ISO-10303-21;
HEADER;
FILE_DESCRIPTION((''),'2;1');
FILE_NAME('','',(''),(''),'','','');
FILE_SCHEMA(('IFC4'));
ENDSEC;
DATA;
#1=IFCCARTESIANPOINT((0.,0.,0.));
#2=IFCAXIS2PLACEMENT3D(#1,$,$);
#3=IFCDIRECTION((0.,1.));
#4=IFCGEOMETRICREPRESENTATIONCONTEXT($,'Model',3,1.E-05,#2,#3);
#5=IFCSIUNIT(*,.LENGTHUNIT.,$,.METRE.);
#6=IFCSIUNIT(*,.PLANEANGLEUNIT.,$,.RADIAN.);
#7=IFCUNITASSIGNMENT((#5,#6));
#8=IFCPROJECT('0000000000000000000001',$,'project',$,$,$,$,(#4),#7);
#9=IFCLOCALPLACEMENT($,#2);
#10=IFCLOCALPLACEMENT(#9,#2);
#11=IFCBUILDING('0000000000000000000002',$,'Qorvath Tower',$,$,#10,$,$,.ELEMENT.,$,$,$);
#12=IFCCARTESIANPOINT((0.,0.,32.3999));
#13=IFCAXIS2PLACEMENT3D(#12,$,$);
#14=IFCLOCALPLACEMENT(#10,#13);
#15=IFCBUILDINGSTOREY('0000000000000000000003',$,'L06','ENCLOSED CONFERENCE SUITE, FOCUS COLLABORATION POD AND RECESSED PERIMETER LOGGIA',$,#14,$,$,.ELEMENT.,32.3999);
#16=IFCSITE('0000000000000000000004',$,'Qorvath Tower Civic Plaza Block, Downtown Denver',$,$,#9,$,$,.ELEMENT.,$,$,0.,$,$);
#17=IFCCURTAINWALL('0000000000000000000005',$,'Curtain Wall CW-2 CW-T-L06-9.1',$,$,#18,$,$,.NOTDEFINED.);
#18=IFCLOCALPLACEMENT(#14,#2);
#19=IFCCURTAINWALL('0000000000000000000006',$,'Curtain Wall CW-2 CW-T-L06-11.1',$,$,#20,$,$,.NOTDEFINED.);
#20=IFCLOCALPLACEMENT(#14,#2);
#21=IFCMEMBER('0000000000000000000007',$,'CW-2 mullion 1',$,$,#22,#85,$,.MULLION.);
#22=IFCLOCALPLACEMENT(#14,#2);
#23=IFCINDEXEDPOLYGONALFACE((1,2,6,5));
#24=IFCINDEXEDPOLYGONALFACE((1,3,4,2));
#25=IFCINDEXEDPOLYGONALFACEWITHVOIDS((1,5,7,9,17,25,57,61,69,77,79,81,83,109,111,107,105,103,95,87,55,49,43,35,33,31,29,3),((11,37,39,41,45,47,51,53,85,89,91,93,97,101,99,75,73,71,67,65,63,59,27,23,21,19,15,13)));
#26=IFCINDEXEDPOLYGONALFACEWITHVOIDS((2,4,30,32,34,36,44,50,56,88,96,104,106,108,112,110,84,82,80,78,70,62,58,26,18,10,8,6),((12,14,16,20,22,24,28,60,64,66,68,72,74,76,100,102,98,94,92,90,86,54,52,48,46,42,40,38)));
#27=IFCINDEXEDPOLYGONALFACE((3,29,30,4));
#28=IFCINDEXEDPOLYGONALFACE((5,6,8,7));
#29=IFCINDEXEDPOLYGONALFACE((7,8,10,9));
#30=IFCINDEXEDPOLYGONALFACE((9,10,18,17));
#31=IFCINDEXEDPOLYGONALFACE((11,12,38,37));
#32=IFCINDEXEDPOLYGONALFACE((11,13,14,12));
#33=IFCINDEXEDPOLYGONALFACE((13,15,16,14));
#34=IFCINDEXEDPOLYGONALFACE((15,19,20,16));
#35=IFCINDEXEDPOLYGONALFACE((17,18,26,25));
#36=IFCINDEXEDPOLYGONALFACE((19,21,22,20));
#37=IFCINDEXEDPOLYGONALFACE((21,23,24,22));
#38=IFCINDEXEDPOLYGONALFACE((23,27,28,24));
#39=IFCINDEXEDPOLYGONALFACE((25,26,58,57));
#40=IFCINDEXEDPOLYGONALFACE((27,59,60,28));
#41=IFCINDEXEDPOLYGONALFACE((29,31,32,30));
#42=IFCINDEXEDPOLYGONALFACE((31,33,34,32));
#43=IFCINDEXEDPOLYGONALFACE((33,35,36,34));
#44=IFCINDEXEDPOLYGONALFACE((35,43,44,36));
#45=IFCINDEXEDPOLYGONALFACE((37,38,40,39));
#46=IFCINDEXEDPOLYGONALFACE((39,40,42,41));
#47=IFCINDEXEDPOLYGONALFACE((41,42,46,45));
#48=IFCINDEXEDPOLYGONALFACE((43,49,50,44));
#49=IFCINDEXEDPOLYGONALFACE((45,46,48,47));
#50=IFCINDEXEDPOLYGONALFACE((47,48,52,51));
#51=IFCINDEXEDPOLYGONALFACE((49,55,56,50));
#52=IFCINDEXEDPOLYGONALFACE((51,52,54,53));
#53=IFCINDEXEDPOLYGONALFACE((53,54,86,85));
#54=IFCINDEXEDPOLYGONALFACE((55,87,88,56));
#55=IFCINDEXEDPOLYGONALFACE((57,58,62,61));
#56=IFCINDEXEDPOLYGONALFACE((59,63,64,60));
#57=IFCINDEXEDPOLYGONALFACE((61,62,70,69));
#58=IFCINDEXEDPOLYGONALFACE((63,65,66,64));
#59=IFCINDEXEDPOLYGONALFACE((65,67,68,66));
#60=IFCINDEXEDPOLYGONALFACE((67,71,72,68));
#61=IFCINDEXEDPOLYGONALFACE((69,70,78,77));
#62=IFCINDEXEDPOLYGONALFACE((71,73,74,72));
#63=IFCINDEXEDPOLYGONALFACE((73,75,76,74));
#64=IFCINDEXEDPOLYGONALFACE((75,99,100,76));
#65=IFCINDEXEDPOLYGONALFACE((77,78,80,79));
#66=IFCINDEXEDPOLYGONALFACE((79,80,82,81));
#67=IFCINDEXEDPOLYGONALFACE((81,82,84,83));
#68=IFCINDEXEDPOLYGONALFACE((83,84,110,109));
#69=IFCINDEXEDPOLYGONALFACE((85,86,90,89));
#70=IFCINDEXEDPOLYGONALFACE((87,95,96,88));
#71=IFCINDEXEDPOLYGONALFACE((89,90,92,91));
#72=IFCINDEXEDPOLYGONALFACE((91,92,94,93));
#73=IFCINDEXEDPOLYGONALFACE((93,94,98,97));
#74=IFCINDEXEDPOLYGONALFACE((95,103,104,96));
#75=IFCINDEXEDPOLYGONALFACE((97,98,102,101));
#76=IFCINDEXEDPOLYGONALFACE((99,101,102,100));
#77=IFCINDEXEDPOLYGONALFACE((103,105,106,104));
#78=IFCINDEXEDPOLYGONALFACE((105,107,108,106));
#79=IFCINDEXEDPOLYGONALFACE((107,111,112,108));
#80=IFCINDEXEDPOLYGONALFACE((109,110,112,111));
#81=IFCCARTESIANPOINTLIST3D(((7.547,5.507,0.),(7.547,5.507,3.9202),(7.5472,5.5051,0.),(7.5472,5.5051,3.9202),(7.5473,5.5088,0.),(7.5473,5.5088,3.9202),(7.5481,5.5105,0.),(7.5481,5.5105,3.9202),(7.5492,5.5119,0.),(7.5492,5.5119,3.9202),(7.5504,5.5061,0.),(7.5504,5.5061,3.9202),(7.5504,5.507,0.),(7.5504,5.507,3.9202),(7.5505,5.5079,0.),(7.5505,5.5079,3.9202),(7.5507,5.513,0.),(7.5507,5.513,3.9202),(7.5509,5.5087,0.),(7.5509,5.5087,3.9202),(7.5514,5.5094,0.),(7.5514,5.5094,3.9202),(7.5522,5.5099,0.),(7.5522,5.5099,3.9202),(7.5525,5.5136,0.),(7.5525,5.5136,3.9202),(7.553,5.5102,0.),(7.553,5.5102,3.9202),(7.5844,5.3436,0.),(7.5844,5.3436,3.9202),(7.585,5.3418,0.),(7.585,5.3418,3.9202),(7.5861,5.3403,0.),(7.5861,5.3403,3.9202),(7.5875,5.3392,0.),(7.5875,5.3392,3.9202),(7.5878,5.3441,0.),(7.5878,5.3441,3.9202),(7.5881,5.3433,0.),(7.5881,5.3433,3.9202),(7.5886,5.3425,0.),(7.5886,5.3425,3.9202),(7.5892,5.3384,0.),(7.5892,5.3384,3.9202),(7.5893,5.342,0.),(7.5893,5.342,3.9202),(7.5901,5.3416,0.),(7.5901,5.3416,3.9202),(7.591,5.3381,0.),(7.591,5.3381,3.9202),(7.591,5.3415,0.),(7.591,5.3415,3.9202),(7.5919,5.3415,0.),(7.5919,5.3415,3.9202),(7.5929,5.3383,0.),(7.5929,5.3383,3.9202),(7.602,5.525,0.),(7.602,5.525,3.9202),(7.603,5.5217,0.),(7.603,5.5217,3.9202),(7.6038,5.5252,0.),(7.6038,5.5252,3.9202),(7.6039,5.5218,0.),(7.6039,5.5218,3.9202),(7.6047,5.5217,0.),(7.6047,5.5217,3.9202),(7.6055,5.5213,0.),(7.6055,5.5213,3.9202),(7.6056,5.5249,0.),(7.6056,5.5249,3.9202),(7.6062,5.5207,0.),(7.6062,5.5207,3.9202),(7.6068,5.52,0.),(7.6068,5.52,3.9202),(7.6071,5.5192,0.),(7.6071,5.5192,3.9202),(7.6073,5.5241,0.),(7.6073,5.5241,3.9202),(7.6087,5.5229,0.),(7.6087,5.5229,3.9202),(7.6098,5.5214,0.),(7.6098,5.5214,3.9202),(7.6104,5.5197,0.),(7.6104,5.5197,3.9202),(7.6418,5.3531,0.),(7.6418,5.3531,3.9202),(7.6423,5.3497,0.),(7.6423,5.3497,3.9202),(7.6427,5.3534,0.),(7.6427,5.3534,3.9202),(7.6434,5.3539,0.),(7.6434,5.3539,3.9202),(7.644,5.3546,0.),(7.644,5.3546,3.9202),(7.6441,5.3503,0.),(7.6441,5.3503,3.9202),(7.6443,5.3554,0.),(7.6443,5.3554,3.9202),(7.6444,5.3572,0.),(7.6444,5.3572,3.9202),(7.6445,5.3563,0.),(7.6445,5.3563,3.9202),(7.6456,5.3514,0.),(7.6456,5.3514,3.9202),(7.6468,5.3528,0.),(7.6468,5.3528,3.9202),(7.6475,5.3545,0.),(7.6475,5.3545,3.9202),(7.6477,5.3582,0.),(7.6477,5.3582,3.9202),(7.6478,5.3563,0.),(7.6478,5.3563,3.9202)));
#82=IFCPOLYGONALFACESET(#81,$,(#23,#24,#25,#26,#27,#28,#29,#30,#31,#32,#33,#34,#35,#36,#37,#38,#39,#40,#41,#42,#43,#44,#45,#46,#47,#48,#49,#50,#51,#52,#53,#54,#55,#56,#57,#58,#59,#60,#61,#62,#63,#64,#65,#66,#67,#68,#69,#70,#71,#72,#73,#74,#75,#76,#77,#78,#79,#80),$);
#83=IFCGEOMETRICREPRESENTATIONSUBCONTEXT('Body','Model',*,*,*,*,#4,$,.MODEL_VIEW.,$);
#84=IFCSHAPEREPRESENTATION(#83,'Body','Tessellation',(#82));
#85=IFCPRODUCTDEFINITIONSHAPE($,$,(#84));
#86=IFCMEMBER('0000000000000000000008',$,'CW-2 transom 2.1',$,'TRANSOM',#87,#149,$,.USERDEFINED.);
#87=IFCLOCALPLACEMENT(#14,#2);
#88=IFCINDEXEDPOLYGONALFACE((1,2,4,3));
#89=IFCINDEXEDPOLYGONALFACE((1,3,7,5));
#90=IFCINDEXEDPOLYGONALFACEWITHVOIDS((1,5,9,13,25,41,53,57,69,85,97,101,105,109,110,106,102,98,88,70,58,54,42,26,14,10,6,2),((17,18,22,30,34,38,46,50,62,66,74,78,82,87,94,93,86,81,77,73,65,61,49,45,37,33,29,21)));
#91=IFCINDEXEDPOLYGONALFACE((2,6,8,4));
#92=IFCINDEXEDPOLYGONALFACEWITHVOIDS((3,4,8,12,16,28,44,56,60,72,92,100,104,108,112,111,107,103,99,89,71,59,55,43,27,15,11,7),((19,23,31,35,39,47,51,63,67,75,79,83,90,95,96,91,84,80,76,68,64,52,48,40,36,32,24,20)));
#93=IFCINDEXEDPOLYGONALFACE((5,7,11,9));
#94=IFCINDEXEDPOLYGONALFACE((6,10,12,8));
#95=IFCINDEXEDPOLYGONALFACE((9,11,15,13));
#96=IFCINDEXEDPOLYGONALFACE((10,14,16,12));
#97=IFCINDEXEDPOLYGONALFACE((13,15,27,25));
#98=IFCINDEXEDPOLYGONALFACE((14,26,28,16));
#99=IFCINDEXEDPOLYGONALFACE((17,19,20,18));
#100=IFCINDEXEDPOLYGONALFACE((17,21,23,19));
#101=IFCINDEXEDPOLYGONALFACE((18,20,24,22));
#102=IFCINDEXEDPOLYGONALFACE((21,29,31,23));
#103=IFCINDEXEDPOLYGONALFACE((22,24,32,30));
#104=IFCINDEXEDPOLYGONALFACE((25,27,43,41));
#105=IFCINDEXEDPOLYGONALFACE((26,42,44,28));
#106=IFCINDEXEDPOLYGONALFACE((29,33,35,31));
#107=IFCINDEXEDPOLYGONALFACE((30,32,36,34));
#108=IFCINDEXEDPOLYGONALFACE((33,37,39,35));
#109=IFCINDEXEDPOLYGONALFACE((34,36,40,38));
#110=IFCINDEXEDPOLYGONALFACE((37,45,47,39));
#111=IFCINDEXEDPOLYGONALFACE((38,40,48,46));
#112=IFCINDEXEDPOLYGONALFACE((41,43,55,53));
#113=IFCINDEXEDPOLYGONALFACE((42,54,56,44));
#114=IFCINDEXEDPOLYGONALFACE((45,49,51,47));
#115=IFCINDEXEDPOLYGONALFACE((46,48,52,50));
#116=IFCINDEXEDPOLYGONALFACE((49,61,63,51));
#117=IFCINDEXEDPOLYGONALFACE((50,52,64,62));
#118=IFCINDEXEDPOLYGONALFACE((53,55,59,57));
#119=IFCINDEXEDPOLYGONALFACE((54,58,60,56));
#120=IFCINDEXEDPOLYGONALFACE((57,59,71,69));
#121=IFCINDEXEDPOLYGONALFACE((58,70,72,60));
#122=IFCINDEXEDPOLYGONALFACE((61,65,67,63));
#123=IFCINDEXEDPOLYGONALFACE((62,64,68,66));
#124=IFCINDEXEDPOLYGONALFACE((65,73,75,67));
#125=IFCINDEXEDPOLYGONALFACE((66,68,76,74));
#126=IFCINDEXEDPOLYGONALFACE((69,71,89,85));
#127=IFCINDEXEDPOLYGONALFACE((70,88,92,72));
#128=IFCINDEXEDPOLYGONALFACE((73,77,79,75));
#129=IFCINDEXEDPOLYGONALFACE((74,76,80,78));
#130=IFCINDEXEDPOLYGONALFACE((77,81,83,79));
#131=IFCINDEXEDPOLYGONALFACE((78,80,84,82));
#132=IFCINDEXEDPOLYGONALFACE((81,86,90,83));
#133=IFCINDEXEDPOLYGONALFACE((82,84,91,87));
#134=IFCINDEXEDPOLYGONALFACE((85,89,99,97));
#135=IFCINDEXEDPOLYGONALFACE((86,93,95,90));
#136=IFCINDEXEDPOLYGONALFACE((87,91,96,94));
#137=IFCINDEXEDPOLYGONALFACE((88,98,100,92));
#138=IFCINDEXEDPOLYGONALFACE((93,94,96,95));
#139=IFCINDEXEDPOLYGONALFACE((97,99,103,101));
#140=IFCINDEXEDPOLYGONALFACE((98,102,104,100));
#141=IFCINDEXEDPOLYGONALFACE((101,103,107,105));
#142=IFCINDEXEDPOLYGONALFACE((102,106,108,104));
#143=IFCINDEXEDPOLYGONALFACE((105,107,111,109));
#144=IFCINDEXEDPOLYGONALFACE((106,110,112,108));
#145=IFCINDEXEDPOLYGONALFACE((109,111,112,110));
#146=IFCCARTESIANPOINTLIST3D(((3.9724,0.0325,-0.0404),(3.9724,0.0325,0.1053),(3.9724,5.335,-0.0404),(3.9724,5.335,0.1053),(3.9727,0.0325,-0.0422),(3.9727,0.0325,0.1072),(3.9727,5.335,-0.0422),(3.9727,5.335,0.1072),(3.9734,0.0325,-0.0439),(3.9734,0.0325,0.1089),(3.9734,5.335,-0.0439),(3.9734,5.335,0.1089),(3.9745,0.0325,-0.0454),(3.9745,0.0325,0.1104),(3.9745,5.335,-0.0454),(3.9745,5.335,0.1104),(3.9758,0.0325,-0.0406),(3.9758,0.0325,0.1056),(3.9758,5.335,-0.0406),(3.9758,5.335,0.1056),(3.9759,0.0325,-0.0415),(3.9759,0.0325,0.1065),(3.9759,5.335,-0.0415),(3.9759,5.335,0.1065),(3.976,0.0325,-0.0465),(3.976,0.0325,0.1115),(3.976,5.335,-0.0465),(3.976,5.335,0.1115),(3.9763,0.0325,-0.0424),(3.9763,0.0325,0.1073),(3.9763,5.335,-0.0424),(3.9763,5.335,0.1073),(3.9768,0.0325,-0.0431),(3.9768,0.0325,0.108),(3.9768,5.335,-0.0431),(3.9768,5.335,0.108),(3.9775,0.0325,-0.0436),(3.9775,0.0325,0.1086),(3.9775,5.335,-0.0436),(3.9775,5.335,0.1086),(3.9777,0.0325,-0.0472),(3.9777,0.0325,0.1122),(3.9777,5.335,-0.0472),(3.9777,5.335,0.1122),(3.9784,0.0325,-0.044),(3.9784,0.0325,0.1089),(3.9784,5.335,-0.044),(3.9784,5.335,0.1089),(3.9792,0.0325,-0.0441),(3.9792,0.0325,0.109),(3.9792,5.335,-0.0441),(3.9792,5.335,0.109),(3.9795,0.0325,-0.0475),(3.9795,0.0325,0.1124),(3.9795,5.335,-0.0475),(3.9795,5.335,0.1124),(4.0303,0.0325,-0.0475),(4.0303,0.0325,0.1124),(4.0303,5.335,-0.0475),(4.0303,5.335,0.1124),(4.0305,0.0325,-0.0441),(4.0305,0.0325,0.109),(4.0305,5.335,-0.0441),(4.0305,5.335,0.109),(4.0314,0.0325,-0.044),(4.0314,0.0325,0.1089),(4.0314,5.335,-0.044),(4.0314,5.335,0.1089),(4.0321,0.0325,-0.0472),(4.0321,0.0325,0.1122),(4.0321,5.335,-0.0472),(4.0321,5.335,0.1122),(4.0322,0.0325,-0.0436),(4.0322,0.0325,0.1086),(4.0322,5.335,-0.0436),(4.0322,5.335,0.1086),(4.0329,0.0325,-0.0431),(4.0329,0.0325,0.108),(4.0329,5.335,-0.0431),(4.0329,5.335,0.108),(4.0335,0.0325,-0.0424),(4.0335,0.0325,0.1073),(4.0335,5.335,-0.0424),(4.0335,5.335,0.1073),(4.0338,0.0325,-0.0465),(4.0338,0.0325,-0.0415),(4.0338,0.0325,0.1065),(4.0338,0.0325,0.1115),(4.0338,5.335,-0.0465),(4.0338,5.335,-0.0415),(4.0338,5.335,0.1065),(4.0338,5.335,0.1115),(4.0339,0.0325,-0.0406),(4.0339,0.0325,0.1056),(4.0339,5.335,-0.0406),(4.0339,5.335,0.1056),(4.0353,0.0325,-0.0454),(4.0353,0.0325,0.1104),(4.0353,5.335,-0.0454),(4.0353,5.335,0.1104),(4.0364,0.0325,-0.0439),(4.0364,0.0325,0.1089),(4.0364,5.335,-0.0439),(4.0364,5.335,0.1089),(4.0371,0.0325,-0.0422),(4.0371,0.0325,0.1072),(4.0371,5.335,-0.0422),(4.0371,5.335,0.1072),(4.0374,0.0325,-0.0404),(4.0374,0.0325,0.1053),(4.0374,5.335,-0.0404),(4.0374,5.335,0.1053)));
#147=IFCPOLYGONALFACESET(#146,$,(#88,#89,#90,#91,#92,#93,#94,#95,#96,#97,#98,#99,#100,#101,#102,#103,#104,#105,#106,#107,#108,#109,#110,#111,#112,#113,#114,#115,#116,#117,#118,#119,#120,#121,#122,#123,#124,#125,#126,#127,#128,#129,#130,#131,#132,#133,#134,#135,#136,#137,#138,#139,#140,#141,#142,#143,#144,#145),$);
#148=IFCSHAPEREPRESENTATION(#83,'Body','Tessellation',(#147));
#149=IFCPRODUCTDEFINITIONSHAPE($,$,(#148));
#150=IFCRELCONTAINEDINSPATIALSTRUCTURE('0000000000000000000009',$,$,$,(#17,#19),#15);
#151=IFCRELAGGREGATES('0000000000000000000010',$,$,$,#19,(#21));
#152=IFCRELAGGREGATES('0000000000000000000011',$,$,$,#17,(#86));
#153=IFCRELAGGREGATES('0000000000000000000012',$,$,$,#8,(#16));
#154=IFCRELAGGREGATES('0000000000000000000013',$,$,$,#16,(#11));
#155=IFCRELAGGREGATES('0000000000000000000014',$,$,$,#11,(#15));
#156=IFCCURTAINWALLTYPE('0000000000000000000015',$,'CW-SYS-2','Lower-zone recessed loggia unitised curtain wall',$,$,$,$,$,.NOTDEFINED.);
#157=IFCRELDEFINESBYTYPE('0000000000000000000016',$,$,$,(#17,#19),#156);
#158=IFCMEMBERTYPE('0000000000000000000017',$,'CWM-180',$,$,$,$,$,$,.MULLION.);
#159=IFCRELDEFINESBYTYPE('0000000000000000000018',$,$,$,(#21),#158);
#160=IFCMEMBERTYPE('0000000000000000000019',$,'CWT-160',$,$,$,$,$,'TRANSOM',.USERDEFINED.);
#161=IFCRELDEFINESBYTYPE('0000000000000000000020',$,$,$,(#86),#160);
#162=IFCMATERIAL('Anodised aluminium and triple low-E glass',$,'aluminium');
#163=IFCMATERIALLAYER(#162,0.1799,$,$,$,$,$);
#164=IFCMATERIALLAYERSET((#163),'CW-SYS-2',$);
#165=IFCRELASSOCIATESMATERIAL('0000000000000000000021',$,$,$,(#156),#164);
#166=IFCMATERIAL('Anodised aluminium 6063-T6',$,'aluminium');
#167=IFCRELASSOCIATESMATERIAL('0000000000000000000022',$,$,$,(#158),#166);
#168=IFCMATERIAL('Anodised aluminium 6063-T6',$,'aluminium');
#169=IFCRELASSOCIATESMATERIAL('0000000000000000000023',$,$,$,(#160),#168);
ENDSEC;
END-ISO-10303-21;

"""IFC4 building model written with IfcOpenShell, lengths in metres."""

from ifc_helpers import new_model, si_unit, direction, frame, origin, origin_2d, place, context, subcontext, project, spatial, hollow_rectangle, extrude, material, layer, layer_set, material_profile, profile_set, type_object, element, aggregate, save


model = new_model("IFC4")

# Units and contexts
model_context = context("Model", 3, precision=1e-05, world=origin(), true_north=direction((0.0, 1.0)))
body_context = subcontext(model_context, "Body", "Model", "MODEL_VIEW")
ifc_project = project(units=[si_unit("LENGTHUNIT", "METRE"), si_unit("PLANEANGLEUNIT", "RADIAN")], contexts=[model_context])

# Site, building, storey
site_placement = place(None, origin())
site = spatial("IfcSite", under=ifc_project, at=site_placement, Name="Qorvath Tower Civic Plaza Block, Downtown Denver", CompositionType="ELEMENT", RefElevation=0.0)
building_placement = place(site_placement, origin())
building = spatial("IfcBuilding", under=site, at=building_placement, Name="Qorvath Tower", CompositionType="ELEMENT")
storey_placement = place(building_placement, frame((0.0, 0.0, 32.3999)))
storey = spatial("IfcBuildingStorey", under=building, at=storey_placement, Name="L06", Description="ENCLOSED CONFERENCE SUITE, FOCUS COLLABORATION POD AND RECESSED PERIMETER LOGGIA", CompositionType="ELEMENT", Elevation=32.3999)

# Curtain wall
ifc_material_1 = material(Name="Anodised aluminium and triple low-E glass", Category="aluminium")
ifc_layer_1 = layer(ifc_material_1, 0.1799)
ifc_layer_set_1 = layer_set([ifc_layer_1], Name="CW-SYS-2")
curtain_wall_type = type_object("IfcCurtainWallType", Name="CW-SYS-2", Description="Lower-zone recessed loggia unitised curtain wall", PredefinedType="NOTDEFINED", material=ifc_layer_set_1)
curtain_wall_1_placement = place(storey_placement, origin())
curtain_wall_1 = element("IfcCurtainWall", 1, at=curtain_wall_1_placement, inside=storey, type_object=curtain_wall_type, Name="Curtain Wall CW-2 CW-T-L06-9.1", PredefinedType="NOTDEFINED")
ifc_material_2 = material(Name="Anodised aluminium 6063-T6", Category="aluminium")
ifc_material_profile_1 = material_profile(ifc_material_2, hollow_rectangle(XDim=0.0649, YDim=0.1799, WallThickness=0.0034, InnerFilletRadius=0.0034, OuterFilletRadius=0.0071, at=origin_2d()), Name="CWM 180x65")
ifc_profile_set_1 = profile_set([ifc_material_profile_1], Name="Anodised aluminium 6063-T6")
member_type_1 = type_object("IfcMemberType", Name="CWM-180", PredefinedType="MULLION", material=ifc_profile_set_1)

# Curtain wall, member
curtain_wall_2_placement = place(storey_placement, origin())
curtain_wall_2 = element("IfcCurtainWall", 2, at=curtain_wall_2_placement, inside=storey, type_object=curtain_wall_type, Name="Curtain Wall CW-2 CW-T-L06-11.1", PredefinedType="NOTDEFINED")
member_1_placement = place(storey_placement, frame((7.5974, 5.4316, 0.0), z_axis=(0.0, 0.0, 1.0), x_axis=(-0.974481, -0.224471, 0.0)))
member_1 = element("IfcMember", 3, at=member_1_placement, type_object=member_type_1, Name="CW-2 mullion 1", PredefinedType="MULLION", context=body_context, shape_type="SweptSolid", body=[
    extrude(hollow_rectangle(XDim=0.0649, YDim=0.1799, WallThickness=0.0034, InnerFilletRadius=0.0034, OuterFilletRadius=0.0071, at=origin_2d()), origin(), (0.0, 0.0, 1.0), 3.9202),
])

# Member
ifc_material_3 = material(Name="Anodised aluminium 6063-T6", Category="aluminium")
ifc_material_profile_2 = material_profile(ifc_material_3, hollow_rectangle(XDim=0.0649, YDim=0.1599, WallThickness=0.0034, InnerFilletRadius=0.0034, OuterFilletRadius=0.0071, at=origin_2d()), Name="CWT 160x65")
ifc_profile_set_2 = profile_set([ifc_material_profile_2], Name="Anodised aluminium 6063-T6")
member_type_2 = type_object("IfcMemberType", Name="CWT-160", ElementType="TRANSOM", PredefinedType="USERDEFINED", material=ifc_profile_set_2)
member_2_placement = place(storey_placement, frame((4.0049, 0.0325, 0.0325), z_axis=(0.0, 1.0, 0.0), x_axis=(-1.0, 0.0, 0.0)))
member_2 = element("IfcMember", 4, at=member_2_placement, type_object=member_type_2, Name="CW-2 transom 2.1", ObjectType="TRANSOM", PredefinedType="USERDEFINED", context=body_context, shape_type="SweptSolid", body=[
    extrude(hollow_rectangle(XDim=0.0649, YDim=0.1599, WallThickness=0.0034, InnerFilletRadius=0.0034, OuterFilletRadius=0.0071, at=origin_2d()), origin(), (0.0, 0.0, 1.0), 5.3025),
])
aggregate(curtain_wall_2, [member_1])

aggregate(curtain_wall_1, [member_2])

save(model, "model.ifc")
